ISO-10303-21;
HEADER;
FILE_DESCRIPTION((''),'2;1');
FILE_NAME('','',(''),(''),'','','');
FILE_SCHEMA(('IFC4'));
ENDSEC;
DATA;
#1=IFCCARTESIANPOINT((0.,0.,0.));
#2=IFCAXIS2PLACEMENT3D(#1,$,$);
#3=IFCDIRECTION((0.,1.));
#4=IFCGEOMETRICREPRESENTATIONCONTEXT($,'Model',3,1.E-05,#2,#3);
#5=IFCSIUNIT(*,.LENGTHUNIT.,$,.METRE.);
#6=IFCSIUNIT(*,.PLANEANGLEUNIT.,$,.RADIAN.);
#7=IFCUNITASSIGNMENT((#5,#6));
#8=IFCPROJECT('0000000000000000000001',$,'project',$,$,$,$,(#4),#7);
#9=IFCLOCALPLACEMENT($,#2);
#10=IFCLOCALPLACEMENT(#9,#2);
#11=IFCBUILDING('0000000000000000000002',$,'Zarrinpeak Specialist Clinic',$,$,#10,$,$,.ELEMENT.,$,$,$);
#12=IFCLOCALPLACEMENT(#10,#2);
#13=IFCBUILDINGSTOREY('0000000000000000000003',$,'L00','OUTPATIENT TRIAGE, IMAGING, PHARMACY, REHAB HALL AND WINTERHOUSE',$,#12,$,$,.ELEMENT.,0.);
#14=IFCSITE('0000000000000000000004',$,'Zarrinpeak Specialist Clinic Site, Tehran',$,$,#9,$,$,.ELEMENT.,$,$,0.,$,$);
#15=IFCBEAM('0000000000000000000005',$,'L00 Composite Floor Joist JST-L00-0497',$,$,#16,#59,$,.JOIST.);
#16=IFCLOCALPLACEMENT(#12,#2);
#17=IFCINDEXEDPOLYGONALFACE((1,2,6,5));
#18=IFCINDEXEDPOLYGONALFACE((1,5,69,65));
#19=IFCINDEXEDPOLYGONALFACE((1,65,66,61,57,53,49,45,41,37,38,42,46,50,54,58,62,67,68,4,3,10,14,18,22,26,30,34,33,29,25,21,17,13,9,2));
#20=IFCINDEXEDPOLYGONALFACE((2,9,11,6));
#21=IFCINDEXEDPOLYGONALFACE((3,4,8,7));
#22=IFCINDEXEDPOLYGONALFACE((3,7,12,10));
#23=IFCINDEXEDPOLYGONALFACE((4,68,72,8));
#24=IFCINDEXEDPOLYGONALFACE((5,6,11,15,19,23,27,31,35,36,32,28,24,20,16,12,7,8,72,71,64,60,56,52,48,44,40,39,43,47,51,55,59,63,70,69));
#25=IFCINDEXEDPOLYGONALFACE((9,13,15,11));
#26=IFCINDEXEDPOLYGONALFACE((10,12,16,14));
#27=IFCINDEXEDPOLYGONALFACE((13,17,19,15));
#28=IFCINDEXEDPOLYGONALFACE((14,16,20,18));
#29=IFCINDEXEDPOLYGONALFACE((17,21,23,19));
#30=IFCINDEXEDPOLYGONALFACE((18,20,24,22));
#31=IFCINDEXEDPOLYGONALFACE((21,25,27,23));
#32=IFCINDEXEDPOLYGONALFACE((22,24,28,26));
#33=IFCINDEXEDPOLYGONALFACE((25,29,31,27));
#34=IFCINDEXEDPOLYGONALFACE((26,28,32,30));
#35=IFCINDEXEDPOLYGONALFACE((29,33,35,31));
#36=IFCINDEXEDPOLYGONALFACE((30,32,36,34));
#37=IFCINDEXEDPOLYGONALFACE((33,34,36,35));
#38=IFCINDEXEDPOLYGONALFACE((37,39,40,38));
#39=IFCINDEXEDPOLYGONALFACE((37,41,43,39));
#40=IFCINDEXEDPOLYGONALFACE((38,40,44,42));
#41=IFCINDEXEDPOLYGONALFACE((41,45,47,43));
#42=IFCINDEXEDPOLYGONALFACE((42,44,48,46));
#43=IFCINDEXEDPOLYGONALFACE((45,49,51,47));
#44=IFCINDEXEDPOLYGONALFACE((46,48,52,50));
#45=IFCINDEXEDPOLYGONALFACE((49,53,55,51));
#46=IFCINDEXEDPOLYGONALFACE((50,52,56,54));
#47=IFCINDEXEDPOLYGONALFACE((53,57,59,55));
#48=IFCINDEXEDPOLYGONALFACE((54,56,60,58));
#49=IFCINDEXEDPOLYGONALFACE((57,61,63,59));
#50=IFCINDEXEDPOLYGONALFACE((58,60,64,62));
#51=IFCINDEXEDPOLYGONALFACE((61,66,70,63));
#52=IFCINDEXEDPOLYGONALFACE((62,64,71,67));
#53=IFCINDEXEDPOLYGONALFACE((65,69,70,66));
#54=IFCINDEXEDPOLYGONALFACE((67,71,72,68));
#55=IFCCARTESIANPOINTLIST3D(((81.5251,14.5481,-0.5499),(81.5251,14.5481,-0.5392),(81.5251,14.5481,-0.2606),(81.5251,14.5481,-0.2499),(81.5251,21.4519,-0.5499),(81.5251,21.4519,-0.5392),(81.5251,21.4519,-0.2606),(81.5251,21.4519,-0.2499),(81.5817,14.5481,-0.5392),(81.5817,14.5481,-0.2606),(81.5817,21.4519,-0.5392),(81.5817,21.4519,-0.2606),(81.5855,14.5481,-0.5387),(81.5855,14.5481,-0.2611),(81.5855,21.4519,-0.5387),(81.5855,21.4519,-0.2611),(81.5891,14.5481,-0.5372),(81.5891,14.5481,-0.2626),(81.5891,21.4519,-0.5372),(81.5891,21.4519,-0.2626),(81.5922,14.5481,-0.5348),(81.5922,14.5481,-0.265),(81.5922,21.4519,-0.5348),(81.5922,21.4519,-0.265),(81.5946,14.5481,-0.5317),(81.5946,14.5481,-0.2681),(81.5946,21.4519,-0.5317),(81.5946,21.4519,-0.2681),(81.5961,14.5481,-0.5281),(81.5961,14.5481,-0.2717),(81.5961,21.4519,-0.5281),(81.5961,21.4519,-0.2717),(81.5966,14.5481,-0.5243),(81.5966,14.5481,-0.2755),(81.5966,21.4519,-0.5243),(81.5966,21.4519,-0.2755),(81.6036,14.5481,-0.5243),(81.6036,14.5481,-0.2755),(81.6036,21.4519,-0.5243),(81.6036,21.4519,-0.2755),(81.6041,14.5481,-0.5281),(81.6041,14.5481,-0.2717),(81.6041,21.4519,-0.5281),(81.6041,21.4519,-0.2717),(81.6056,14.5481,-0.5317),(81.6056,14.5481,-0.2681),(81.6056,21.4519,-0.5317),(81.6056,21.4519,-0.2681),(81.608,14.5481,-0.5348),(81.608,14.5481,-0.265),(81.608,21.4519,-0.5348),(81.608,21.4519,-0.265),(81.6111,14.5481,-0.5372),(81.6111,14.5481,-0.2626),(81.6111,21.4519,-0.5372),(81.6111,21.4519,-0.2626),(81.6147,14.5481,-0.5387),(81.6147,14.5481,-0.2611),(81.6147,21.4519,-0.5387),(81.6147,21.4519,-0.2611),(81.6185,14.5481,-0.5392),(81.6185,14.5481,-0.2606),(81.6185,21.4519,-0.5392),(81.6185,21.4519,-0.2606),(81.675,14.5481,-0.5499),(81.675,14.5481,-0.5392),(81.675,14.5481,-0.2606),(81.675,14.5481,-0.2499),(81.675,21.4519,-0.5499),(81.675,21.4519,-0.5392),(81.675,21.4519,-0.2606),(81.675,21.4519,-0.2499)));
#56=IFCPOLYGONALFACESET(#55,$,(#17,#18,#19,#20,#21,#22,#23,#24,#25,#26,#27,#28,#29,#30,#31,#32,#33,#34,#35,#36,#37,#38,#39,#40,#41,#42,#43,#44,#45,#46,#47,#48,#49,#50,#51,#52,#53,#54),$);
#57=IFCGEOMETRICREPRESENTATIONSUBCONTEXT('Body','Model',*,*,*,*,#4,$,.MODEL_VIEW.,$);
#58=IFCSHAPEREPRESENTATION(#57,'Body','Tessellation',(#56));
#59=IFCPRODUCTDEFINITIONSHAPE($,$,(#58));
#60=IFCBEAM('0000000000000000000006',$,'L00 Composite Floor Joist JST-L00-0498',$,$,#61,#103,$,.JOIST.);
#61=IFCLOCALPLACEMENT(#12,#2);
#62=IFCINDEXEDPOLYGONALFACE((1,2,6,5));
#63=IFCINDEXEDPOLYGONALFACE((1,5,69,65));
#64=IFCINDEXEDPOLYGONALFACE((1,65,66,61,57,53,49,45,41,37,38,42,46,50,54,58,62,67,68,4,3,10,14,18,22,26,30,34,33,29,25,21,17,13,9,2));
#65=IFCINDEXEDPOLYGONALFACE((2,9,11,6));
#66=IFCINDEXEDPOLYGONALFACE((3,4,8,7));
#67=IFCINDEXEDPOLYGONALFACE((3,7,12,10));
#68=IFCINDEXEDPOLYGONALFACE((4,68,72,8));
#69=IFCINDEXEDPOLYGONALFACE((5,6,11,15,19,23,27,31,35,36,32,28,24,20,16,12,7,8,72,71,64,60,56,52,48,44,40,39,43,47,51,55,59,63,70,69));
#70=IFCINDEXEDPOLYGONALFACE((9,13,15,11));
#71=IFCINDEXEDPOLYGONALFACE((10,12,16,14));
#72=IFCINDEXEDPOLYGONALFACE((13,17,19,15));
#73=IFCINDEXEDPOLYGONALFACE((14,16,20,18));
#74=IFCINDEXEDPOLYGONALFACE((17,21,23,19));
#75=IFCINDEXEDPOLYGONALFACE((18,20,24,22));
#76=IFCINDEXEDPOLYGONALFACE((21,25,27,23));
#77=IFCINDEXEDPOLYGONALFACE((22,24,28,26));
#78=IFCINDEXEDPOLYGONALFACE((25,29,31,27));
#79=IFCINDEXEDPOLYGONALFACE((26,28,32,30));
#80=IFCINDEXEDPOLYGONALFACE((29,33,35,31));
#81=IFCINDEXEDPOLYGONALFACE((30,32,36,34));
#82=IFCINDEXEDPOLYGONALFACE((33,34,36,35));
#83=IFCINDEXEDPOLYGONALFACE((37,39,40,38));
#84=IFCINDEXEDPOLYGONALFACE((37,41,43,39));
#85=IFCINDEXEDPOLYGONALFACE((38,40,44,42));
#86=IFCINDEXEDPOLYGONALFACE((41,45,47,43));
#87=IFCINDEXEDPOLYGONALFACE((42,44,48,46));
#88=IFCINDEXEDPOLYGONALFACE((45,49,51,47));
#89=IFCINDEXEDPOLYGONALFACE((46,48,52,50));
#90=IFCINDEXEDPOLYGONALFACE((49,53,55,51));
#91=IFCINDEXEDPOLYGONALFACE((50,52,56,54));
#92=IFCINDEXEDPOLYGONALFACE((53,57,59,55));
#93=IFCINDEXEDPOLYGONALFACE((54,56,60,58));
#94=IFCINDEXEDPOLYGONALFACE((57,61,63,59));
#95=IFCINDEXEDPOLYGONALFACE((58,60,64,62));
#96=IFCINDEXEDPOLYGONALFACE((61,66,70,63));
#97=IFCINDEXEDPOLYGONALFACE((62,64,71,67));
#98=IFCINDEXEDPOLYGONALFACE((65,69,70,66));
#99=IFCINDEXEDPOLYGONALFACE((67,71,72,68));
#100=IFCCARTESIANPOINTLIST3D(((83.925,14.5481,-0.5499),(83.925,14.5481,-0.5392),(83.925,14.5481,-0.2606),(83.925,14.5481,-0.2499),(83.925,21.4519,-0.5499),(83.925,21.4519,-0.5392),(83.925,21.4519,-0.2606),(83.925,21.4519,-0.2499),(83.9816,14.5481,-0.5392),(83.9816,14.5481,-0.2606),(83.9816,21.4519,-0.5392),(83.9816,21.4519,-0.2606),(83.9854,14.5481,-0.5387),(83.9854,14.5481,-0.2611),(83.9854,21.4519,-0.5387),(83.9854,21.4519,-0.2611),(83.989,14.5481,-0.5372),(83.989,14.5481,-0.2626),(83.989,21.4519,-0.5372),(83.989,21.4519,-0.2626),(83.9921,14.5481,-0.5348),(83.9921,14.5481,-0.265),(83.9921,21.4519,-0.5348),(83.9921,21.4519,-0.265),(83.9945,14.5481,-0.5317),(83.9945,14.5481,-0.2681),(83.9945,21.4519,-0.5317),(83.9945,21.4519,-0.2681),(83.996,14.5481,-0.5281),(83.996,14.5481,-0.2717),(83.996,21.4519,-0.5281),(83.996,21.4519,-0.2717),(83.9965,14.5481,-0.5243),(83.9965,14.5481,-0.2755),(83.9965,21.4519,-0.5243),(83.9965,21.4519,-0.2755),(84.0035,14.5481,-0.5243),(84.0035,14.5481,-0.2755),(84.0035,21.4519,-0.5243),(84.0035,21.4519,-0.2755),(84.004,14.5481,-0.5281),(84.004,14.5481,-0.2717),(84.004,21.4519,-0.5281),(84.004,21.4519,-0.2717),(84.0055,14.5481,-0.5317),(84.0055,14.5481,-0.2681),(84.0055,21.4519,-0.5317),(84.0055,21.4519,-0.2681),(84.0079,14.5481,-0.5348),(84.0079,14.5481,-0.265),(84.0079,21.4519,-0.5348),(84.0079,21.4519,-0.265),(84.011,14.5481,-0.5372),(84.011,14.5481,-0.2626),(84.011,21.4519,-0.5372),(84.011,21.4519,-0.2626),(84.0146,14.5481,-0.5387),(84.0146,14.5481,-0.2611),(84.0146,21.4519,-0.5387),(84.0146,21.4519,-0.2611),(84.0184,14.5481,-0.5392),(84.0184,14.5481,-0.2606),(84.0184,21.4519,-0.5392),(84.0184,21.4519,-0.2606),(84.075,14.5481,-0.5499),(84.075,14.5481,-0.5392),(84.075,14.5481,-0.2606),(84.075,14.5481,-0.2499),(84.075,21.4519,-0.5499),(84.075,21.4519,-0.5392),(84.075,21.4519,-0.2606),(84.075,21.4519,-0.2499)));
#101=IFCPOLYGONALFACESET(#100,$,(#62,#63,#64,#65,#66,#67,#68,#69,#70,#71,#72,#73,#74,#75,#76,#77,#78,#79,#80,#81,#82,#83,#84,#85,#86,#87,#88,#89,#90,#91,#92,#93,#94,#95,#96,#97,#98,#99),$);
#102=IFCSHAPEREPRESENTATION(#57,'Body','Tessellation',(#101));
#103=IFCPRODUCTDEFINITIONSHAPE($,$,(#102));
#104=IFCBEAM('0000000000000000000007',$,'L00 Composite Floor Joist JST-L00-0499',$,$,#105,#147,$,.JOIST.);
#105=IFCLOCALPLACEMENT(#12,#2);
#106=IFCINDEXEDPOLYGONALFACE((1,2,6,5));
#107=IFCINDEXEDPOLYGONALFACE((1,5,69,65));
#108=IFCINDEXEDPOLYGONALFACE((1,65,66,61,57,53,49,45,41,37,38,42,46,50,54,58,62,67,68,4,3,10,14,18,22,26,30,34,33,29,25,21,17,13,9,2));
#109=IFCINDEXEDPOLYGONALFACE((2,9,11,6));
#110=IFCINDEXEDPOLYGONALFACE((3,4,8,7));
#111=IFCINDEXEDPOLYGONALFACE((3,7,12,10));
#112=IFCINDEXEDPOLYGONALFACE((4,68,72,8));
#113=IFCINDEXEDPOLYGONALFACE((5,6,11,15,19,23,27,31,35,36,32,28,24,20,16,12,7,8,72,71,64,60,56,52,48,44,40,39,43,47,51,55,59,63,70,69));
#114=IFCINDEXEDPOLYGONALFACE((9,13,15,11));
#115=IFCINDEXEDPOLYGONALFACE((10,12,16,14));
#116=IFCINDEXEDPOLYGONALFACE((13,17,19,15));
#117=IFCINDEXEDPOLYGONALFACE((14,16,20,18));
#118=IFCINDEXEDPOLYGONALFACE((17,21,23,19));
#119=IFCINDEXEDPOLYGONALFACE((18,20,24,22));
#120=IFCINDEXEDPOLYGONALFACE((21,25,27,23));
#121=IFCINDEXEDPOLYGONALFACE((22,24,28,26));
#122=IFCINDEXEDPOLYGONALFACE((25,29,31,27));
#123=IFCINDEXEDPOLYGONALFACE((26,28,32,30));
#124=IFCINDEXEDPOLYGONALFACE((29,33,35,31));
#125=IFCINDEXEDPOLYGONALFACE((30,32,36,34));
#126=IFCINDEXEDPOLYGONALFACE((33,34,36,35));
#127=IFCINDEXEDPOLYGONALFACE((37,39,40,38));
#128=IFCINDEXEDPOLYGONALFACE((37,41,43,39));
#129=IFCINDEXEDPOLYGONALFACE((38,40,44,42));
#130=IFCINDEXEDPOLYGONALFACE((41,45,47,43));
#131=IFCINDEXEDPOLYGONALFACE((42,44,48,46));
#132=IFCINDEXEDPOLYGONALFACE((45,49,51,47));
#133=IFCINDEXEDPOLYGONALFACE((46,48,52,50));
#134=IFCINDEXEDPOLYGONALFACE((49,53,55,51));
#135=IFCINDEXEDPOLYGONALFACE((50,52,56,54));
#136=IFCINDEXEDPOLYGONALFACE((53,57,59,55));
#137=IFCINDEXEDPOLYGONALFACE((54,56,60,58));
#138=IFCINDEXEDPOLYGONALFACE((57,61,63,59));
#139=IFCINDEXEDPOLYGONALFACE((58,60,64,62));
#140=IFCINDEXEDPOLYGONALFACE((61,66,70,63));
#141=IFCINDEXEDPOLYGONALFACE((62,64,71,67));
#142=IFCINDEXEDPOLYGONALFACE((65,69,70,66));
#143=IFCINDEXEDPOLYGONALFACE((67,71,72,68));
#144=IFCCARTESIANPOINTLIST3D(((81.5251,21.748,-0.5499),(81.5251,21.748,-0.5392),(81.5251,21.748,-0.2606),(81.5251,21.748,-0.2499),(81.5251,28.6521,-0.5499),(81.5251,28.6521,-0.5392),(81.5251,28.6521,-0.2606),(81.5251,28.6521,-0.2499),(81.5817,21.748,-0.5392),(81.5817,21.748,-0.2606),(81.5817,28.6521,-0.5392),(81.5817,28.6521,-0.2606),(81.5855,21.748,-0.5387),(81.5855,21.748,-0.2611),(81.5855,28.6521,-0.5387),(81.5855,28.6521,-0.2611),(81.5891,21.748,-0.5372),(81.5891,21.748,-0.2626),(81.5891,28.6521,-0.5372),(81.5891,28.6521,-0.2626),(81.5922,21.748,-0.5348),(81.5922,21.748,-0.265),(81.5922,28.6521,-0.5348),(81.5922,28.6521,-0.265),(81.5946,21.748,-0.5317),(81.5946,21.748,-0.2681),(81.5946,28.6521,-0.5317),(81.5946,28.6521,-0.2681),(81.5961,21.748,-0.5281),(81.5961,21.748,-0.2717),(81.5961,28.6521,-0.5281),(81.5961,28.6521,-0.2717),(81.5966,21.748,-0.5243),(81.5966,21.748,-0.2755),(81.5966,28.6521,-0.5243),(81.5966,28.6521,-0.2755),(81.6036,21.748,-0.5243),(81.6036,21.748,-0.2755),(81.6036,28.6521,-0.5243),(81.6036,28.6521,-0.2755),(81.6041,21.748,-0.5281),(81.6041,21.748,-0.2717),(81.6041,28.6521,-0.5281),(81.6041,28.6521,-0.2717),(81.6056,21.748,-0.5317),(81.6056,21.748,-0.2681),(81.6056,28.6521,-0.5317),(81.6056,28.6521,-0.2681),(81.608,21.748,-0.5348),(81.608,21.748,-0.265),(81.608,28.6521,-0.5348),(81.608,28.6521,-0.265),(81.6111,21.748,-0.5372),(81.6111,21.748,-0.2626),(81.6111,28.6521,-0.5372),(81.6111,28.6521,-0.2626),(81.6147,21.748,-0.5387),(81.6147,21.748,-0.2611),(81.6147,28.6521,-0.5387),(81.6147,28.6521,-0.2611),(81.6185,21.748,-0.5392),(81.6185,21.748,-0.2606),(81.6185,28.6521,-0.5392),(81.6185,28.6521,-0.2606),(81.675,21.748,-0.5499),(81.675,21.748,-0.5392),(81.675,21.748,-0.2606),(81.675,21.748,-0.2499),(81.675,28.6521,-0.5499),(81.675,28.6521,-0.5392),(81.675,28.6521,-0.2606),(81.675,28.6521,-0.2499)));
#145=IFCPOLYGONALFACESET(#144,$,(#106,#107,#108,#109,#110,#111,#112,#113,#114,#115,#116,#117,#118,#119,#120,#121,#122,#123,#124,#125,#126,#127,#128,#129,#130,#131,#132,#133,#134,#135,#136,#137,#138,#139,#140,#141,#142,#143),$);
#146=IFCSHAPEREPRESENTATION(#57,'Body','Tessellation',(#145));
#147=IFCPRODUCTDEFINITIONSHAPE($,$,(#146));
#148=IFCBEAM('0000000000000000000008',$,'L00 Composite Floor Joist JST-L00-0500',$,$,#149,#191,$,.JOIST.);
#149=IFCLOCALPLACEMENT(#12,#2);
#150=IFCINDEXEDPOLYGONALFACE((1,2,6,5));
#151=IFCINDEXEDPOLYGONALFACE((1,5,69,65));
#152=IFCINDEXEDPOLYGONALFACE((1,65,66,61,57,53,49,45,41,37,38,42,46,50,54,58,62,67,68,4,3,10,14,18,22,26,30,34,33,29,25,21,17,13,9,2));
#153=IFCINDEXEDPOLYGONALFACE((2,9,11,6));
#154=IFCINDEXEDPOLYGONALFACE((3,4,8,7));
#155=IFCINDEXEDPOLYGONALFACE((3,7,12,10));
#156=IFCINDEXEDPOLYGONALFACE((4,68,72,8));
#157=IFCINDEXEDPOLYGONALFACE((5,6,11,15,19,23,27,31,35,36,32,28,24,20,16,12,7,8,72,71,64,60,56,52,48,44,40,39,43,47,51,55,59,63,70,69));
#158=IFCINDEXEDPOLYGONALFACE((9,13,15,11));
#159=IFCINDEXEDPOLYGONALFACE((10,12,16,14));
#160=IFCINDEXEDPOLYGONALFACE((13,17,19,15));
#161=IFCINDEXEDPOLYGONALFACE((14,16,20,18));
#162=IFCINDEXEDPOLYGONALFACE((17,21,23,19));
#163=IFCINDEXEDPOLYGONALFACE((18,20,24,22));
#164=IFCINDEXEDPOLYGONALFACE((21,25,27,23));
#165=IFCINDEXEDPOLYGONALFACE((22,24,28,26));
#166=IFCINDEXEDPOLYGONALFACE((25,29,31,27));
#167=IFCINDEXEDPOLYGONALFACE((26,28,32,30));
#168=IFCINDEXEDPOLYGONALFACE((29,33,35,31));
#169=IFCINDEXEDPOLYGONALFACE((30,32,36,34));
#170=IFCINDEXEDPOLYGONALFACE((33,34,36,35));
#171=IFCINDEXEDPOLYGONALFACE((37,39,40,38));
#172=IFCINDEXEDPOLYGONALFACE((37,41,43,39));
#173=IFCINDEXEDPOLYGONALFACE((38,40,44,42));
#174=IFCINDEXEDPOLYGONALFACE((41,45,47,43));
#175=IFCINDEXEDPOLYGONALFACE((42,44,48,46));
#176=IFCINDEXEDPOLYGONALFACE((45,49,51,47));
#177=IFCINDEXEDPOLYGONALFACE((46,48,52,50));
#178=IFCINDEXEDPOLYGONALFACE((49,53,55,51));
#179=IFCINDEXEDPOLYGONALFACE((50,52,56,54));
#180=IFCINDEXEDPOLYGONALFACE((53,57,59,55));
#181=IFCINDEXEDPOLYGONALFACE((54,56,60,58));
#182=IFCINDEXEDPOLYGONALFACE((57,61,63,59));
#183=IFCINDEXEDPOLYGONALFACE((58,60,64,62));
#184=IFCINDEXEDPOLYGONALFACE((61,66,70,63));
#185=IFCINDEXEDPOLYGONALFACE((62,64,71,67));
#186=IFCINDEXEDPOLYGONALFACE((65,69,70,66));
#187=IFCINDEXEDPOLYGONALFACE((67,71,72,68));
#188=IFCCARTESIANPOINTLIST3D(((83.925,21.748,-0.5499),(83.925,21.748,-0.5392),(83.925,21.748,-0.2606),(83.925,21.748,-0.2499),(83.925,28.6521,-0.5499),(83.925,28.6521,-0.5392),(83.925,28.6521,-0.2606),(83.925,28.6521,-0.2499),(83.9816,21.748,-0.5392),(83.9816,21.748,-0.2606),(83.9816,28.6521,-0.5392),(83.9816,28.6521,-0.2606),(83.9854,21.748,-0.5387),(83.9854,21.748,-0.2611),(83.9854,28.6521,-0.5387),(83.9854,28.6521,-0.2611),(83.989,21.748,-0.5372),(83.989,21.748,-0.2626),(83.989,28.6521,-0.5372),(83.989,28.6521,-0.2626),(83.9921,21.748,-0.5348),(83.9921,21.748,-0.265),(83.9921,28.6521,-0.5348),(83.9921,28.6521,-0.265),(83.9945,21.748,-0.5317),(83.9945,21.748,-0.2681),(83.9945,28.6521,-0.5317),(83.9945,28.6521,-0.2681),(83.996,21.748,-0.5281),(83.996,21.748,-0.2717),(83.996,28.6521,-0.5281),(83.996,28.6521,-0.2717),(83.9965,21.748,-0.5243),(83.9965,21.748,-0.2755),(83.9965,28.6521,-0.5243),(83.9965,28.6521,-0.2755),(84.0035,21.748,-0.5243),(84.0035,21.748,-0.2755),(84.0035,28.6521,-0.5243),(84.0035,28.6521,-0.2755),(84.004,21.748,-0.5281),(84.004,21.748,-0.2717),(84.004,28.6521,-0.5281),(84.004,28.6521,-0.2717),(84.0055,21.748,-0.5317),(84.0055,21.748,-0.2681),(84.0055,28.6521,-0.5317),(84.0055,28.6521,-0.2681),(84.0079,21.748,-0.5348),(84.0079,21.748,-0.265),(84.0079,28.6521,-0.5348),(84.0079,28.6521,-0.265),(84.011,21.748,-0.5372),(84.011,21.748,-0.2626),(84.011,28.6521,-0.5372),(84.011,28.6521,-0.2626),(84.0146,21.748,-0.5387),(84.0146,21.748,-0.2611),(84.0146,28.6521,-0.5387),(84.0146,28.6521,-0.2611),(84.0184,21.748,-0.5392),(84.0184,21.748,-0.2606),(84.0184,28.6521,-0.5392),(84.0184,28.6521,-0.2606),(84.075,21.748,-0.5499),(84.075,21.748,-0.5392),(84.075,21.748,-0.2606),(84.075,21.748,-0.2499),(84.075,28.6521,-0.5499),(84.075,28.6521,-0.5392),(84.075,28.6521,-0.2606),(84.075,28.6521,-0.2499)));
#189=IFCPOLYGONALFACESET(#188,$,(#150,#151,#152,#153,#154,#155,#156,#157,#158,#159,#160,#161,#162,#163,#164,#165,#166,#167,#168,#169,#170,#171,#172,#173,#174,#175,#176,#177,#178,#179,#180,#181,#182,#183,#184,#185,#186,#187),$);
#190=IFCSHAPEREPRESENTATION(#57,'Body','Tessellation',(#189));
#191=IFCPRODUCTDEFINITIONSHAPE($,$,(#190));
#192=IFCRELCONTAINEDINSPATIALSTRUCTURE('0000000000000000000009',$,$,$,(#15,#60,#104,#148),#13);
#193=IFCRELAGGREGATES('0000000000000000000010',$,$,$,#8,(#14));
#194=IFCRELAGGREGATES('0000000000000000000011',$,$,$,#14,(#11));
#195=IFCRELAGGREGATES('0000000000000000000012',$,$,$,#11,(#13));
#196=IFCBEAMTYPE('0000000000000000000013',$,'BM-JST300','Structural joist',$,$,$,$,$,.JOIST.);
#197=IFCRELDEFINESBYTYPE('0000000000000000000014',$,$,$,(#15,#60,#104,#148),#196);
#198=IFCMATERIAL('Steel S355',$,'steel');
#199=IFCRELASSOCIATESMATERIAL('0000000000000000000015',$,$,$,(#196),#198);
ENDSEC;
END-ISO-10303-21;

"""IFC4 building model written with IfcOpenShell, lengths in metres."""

from ifc_helpers import new_model, si_unit, direction, frame, origin, origin_2d, place, context, subcontext, project, spatial, i_section, extrude, material, material_profile, profile_set, type_object, element, save


model = new_model("IFC4")

# Units and contexts
model_context = context("Model", 3, precision=1e-05, world=origin(), true_north=direction((0.0, 1.0)))
body_context = subcontext(model_context, "Body", "Model", "MODEL_VIEW")
ifc_project = project(units=[si_unit("LENGTHUNIT", "METRE"), si_unit("PLANEANGLEUNIT", "RADIAN")], contexts=[model_context])

# Site, building, storey
site_placement = place(None, origin())
site = spatial("IfcSite", under=ifc_project, at=site_placement, Name="Zarrinpeak Specialist Clinic Site, Tehran", CompositionType="ELEMENT", RefElevation=0.0)
building_placement = place(site_placement, origin())
building = spatial("IfcBuilding", under=site, at=building_placement, Name="Zarrinpeak Specialist Clinic", CompositionType="ELEMENT")
storey_placement = place(building_placement, origin())
storey = spatial("IfcBuildingStorey", under=building, at=storey_placement, Name="L00", Description="OUTPATIENT TRIAGE, IMAGING, PHARMACY, REHAB HALL AND WINTERHOUSE", CompositionType="ELEMENT", Elevation=0.0)

# Shared definitions
ifc_material_1 = material(Name="Steel S355", Category="steel")

# Beams
ifc_material_profile_1 = material_profile(ifc_material_1, i_section(OverallWidth=0.1499, OverallDepth=0.3, WebThickness=0.0071, FlangeThickness=0.0107, FilletRadius=0.0149, at=origin_2d()), Name="IPE 300")
ifc_profile_set_1 = profile_set([ifc_material_profile_1], Name="Steel S355")
beam_type_1 = type_object("IfcBeamType", Name="BM-JST300", Description="Structural joist", PredefinedType="JOIST", material=ifc_profile_set_1)
for number, where, z_axis, x_axis, name in (
    (1, (81.6001, 14.5481, -0.3999), (0.0, 1.0, 0.0), (-1.0, 0.0, 0.0), "L00 Composite Floor Joist JST-L00-0497"),
    (2, (84.0, 14.5481, -0.3999), (0.0, 1.0, 0.0), (-1.0, 0.0, 0.0), "L00 Composite Floor Joist JST-L00-0498"),
):
    element("IfcBeam", number, at=place(storey_placement, frame(where, z_axis=z_axis, x_axis=x_axis)), inside=storey, type_object=beam_type_1, Name=name, PredefinedType="JOIST", context=body_context, shape_type="SweptSolid", body=[
        extrude(i_section(OverallWidth=0.1499, OverallDepth=0.3, WebThickness=0.0071, FlangeThickness=0.0107, FilletRadius=0.0149, at=origin_2d()), origin(), (0.0, 0.0, 1.0), 6.9038),
    ])
for number, where, z_axis, x_axis, name in (
    (3, (81.6001, 21.748, -0.3999), (0.0, 1.0, 0.0), (-1.0, 0.0, 0.0), "L00 Composite Floor Joist JST-L00-0499"),
    (4, (84.0, 21.748, -0.3999), (0.0, 1.0, 0.0), (-1.0, 0.0, 0.0), "L00 Composite Floor Joist JST-L00-0500"),
):
    element("IfcBeam", number, at=place(storey_placement, frame(where, z_axis=z_axis, x_axis=x_axis)), inside=storey, type_object=beam_type_1, Name=name, PredefinedType="JOIST", context=body_context, shape_type="SweptSolid", body=[
        extrude(i_section(OverallWidth=0.1499, OverallDepth=0.3, WebThickness=0.0071, FlangeThickness=0.0107, FilletRadius=0.0149, at=origin_2d()), origin(), (0.0, 0.0, 1.0), 6.9041),
    ])

save(model, "model.ifc")
